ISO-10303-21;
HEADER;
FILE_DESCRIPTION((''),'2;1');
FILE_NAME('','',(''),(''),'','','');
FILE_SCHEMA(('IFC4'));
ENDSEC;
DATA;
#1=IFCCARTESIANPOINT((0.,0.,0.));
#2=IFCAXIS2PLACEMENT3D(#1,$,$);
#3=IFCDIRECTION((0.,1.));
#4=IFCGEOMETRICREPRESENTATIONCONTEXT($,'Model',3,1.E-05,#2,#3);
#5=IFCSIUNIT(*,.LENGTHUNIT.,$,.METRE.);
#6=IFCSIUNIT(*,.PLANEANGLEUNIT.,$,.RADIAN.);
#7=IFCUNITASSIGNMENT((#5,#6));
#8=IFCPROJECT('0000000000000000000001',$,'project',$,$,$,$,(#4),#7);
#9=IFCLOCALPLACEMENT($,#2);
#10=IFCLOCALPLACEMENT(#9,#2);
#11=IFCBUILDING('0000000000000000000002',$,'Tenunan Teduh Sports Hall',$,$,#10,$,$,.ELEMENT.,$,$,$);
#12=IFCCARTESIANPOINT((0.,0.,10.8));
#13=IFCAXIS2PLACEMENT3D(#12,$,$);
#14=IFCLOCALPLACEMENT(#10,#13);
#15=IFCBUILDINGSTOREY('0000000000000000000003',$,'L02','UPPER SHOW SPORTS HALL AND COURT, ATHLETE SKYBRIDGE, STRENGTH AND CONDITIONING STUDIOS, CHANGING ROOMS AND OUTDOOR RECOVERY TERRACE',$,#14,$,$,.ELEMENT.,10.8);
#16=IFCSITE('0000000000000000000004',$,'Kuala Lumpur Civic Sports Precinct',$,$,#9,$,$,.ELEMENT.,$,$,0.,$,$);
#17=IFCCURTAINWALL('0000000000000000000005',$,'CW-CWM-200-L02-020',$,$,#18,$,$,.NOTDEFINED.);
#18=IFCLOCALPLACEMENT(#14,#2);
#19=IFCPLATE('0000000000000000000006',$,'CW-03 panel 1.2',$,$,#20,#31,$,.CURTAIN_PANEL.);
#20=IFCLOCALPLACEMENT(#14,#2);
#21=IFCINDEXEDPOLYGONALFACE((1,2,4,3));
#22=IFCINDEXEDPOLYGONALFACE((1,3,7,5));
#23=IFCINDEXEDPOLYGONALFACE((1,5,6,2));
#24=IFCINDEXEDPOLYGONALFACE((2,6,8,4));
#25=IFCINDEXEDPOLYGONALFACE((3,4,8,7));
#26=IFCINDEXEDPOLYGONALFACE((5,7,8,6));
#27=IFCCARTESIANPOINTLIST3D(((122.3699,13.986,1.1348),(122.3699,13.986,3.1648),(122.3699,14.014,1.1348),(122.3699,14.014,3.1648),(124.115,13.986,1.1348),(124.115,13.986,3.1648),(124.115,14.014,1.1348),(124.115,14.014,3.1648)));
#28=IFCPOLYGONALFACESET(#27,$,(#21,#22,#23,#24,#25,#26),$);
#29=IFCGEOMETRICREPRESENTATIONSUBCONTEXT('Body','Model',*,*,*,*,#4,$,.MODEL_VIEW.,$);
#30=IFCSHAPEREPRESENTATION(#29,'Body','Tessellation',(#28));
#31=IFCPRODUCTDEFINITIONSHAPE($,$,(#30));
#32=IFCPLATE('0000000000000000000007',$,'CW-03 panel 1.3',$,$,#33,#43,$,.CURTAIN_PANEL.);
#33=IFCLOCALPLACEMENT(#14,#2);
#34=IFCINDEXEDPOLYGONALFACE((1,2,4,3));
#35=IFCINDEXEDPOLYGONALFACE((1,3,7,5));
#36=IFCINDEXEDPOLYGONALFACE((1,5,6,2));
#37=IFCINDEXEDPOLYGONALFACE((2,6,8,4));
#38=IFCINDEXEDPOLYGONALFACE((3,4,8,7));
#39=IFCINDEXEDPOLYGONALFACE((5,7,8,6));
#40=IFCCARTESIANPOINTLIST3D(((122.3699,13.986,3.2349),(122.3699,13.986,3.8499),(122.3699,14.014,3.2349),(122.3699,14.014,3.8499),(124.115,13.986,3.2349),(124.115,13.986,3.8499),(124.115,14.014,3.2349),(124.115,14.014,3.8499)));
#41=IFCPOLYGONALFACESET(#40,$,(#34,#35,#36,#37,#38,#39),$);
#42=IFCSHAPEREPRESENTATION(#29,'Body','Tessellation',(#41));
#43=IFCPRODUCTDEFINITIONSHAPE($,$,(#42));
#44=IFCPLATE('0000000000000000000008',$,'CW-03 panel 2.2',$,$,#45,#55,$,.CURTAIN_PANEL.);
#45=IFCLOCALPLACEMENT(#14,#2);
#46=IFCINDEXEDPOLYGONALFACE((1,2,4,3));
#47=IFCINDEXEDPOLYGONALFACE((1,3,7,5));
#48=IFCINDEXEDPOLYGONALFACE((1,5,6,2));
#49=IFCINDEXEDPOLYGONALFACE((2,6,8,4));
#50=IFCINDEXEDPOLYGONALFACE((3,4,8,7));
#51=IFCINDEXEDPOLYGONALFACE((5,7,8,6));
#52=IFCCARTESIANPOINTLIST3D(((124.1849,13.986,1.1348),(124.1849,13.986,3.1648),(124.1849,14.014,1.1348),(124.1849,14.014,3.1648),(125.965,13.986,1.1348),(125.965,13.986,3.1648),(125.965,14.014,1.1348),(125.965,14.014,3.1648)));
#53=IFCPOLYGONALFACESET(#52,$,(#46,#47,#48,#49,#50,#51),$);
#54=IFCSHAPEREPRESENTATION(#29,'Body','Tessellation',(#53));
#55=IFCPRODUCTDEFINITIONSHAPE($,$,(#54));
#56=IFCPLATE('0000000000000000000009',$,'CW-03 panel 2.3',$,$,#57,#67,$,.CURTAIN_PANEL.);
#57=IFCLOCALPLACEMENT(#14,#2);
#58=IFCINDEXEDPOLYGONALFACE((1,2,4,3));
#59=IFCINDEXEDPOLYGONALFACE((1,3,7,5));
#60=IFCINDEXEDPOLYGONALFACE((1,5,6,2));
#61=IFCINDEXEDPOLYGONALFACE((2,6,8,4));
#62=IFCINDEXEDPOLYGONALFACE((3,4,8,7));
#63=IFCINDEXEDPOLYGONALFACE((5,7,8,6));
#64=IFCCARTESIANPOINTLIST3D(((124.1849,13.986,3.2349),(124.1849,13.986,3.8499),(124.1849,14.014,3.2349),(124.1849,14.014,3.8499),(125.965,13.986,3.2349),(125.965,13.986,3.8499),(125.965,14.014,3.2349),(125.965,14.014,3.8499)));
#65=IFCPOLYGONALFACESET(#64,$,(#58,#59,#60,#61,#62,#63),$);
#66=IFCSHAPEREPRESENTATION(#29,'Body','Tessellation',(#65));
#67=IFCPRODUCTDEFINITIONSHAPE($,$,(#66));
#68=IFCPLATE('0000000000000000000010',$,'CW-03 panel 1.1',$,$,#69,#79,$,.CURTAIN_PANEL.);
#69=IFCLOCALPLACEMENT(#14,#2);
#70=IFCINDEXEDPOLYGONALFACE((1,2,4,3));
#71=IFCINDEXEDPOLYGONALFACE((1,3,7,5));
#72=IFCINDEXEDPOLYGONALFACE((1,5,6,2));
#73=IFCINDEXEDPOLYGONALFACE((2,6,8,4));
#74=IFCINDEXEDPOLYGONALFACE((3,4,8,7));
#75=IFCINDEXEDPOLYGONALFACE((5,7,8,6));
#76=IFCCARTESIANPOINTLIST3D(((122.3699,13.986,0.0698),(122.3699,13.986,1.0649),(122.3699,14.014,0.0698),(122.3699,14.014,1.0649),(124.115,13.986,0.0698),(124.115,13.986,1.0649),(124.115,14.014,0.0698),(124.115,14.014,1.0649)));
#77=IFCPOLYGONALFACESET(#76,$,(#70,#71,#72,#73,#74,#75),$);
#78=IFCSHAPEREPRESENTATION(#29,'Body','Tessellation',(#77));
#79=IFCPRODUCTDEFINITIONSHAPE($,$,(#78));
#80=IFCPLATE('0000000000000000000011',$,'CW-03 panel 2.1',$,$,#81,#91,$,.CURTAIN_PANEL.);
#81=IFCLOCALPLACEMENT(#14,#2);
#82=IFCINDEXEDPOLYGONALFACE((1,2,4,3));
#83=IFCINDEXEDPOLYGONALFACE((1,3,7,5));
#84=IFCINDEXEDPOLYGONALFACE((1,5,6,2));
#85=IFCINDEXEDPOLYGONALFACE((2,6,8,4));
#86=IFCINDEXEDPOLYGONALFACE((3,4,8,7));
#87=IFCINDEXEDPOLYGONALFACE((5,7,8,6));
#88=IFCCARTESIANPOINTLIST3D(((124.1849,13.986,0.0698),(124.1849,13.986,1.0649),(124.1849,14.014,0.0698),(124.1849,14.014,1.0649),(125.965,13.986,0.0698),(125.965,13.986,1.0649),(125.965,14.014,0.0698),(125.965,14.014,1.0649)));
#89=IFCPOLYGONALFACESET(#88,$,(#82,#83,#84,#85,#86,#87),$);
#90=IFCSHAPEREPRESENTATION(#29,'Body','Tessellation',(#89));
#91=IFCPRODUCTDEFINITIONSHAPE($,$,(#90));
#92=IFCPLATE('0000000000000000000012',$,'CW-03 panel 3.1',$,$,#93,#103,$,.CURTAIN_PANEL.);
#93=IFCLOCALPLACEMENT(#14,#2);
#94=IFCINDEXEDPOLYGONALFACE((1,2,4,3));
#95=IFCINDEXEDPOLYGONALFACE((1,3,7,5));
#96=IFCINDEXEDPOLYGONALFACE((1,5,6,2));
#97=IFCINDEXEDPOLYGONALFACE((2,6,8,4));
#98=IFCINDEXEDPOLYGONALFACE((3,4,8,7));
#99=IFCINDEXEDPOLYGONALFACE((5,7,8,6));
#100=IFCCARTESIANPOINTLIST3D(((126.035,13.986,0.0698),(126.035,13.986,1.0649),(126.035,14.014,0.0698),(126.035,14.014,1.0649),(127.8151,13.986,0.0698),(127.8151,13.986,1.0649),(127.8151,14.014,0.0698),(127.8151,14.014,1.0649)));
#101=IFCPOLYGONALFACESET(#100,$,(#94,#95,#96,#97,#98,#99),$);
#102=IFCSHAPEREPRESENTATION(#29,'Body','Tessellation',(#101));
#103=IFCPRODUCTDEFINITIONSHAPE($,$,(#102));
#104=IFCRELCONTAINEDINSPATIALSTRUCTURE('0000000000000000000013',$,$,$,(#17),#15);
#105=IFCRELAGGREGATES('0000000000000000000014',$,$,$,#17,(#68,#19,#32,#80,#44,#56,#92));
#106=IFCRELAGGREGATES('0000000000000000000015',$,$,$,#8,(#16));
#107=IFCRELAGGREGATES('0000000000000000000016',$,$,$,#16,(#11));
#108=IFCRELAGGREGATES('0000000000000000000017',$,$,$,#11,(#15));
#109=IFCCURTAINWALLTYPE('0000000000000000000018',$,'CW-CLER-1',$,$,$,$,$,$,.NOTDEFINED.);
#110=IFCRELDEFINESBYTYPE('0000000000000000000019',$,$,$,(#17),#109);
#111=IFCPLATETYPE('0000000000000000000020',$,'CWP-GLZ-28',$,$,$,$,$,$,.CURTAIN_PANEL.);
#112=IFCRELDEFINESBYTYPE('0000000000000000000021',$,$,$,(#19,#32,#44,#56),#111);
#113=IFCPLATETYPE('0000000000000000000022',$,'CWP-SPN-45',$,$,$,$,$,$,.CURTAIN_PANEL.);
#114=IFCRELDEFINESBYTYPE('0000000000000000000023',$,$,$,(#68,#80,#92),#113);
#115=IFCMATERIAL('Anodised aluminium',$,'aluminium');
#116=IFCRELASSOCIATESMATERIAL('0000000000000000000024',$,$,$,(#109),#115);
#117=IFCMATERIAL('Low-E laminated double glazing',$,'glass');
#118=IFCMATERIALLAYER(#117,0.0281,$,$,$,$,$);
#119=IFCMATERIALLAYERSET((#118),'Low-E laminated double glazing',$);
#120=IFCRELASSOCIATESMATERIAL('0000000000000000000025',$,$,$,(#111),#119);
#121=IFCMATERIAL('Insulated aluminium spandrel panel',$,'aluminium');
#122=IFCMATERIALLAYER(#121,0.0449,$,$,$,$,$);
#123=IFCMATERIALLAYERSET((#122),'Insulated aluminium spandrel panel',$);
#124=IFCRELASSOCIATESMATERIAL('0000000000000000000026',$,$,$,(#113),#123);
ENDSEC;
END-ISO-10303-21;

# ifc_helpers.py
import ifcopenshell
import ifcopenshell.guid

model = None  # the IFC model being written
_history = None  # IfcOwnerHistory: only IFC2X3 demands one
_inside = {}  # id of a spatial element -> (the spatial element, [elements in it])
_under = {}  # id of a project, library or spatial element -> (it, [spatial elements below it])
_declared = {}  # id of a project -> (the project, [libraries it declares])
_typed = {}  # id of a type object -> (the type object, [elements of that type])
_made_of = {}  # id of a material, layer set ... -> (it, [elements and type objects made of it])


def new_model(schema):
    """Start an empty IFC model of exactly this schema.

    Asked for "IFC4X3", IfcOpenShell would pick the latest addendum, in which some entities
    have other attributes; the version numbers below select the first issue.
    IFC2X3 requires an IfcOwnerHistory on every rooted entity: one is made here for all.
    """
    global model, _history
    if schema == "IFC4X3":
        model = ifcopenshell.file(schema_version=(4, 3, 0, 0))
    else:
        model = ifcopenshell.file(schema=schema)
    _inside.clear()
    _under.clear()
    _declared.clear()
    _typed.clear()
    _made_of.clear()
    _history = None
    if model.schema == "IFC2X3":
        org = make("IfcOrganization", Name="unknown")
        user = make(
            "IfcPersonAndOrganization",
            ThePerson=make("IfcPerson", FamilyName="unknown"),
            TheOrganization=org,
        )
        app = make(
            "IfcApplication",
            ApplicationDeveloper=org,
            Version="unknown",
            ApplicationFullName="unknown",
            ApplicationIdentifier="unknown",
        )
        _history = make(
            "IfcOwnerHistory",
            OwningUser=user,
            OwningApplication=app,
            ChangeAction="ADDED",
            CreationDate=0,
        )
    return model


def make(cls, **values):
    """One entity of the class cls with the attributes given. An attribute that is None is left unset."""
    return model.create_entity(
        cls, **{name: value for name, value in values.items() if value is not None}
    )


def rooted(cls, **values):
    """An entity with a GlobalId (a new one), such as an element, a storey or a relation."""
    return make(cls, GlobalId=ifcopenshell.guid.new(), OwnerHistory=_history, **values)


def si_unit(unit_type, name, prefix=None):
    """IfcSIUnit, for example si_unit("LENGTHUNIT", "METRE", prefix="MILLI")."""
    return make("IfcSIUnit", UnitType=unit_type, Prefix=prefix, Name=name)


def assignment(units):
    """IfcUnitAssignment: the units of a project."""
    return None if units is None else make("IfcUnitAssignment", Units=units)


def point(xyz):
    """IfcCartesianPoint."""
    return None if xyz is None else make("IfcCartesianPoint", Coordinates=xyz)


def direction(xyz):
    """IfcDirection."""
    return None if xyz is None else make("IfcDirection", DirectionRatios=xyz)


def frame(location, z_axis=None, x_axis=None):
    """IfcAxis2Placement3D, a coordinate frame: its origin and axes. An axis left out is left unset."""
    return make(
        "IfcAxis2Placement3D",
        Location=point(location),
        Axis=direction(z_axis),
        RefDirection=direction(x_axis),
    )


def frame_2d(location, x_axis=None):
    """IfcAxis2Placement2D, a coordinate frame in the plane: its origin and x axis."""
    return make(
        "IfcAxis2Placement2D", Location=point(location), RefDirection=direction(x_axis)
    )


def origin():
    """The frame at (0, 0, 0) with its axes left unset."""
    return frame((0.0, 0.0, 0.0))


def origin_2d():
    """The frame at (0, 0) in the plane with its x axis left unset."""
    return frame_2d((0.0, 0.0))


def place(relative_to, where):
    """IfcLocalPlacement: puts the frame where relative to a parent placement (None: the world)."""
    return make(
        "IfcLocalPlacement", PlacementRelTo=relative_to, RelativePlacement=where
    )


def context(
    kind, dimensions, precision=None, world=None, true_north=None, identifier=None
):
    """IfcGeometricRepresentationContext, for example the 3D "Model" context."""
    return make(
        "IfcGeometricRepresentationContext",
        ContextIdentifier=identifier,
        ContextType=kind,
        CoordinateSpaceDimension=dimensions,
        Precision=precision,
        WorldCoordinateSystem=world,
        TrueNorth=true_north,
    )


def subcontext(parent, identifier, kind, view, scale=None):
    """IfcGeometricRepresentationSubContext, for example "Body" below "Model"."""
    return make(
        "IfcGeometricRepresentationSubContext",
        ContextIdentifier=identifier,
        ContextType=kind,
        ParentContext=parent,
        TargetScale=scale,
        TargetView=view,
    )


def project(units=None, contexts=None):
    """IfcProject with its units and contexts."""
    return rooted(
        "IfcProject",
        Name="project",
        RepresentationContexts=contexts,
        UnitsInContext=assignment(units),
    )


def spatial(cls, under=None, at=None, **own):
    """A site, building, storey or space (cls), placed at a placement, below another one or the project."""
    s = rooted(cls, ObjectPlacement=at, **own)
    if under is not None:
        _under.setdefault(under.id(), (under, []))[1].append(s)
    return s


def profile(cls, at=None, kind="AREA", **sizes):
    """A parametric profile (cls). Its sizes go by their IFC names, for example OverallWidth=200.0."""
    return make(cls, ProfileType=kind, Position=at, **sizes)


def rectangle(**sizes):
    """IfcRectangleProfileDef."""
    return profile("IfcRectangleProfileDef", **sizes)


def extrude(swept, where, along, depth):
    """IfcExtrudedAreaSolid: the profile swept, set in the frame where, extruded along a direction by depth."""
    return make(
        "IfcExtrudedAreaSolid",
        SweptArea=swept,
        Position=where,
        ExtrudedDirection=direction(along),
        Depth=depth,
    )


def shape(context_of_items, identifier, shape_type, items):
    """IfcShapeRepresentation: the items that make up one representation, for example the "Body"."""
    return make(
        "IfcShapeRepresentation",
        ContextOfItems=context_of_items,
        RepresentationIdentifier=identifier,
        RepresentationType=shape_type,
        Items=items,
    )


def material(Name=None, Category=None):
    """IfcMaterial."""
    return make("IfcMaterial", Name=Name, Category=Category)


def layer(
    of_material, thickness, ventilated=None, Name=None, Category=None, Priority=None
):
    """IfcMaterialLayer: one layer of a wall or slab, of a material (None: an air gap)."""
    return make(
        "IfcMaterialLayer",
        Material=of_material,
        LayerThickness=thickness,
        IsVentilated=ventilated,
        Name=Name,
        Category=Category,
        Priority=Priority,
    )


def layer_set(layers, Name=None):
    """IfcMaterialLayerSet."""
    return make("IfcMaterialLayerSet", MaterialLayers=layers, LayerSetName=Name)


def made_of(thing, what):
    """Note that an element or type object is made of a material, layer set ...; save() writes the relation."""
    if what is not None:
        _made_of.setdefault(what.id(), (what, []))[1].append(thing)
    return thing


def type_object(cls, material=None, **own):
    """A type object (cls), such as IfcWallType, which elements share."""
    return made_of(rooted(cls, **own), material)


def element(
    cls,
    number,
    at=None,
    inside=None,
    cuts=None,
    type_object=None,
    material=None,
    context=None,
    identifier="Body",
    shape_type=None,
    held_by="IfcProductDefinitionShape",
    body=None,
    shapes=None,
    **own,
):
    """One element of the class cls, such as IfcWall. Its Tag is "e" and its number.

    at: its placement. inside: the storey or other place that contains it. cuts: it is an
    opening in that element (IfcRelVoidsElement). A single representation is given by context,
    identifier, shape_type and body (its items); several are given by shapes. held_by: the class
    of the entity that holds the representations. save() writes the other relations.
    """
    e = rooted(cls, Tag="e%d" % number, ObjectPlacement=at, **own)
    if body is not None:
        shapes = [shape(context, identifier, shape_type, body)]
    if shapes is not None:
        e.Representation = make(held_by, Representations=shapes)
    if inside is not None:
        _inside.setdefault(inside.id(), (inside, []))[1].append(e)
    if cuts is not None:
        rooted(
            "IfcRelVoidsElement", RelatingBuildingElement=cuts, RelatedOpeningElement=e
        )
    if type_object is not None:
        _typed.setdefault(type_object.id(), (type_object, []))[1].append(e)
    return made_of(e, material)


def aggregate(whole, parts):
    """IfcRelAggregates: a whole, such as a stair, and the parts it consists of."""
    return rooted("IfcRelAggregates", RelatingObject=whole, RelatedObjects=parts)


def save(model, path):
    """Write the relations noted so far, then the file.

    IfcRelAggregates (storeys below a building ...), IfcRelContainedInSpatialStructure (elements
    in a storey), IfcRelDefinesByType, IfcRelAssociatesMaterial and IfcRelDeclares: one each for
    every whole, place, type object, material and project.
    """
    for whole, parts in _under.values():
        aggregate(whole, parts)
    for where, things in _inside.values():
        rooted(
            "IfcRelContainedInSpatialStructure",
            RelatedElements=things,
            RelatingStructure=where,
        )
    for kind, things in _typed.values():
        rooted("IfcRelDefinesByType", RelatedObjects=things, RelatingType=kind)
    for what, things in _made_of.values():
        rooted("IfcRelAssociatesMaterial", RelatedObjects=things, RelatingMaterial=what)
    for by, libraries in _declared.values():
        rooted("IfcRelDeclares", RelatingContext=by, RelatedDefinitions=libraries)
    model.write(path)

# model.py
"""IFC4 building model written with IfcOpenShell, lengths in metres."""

from ifc_helpers import new_model, si_unit, direction, frame, origin, origin_2d, place, context, subcontext, project, spatial, rectangle, extrude, material, layer, layer_set, type_object, element, aggregate, save


model = new_model("IFC4")

# Units and contexts
model_context = context("Model", 3, precision=1e-05, world=origin(), true_north=direction((0.0, 1.0)))
body_context = subcontext(model_context, "Body", "Model", "MODEL_VIEW")
ifc_project = project(units=[si_unit("LENGTHUNIT", "METRE"), si_unit("PLANEANGLEUNIT", "RADIAN")], contexts=[model_context])

# Site, building, storey
site_placement = place(None, origin())
site = spatial("IfcSite", under=ifc_project, at=site_placement, Name="Kuala Lumpur Civic Sports Precinct", CompositionType="ELEMENT", RefElevation=0.0)
building_placement = place(site_placement, origin())
building = spatial("IfcBuilding", under=site, at=building_placement, Name="Tenunan Teduh Sports Hall", CompositionType="ELEMENT")
storey_placement = place(building_placement, frame((0.0, 0.0, 10.8)))
storey = spatial("IfcBuildingStorey", under=building, at=storey_placement, Name="L02", Description="UPPER SHOW SPORTS HALL AND COURT, ATHLETE SKYBRIDGE, STRENGTH AND CONDITIONING STUDIOS, CHANGING ROOMS AND OUTDOOR RECOVERY TERRACE", CompositionType="ELEMENT", Elevation=10.8)

# Curtain wall, plates
ifc_material_1 = material(Name="Anodised aluminium", Category="aluminium")
curtain_wall_type = type_object("IfcCurtainWallType", Name="CW-CLER-1", PredefinedType="NOTDEFINED", material=ifc_material_1)
curtain_wall_placement = place(storey_placement, origin())
curtain_wall = element("IfcCurtainWall", 1, at=curtain_wall_placement, inside=storey, type_object=curtain_wall_type, Name="CW-CWM-200-L02-020", PredefinedType="NOTDEFINED")
ifc_material_2 = material(Name="Low-E laminated double glazing", Category="glass")
ifc_layer_1 = layer(ifc_material_2, 0.0281)
ifc_layer_set_1 = layer_set([ifc_layer_1], Name="Low-E laminated double glazing")
plate_type_1 = type_object("IfcPlateType", Name="CWP-GLZ-28", PredefinedType="CURTAIN_PANEL", material=ifc_layer_set_1)
plate_1_placement = place(storey_placement, frame((123.2424, 14.0, 1.1348), z_axis=(0.0, 0.0, 1.0), x_axis=(1.0, 0.0, 0.0)))
plate_1 = element("IfcPlate", 2, at=plate_1_placement, type_object=plate_type_1, Name="CW-03 panel 1.2", PredefinedType="CURTAIN_PANEL", context=body_context, shape_type="SweptSolid", body=[
    extrude(rectangle(XDim=1.7451, YDim=0.0281, at=origin_2d()), origin(), (0.0, 0.0, 1.0), 2.03),
])
plate_2_placement = place(storey_placement, frame((123.2424, 14.0, 3.2349), z_axis=(0.0, 0.0, 1.0), x_axis=(1.0, 0.0, 0.0)))
plate_2 = element("IfcPlate", 3, at=plate_2_placement, type_object=plate_type_1, Name="CW-03 panel 1.3", PredefinedType="CURTAIN_PANEL", context=body_context, shape_type="SweptSolid", body=[
    extrude(rectangle(XDim=1.7451, YDim=0.0281, at=origin_2d()), origin(), (0.0, 0.0, 1.0), 0.615),
])
plate_3_placement = place(storey_placement, frame((125.075, 14.0, 1.1348), z_axis=(0.0, 0.0, 1.0), x_axis=(1.0, 0.0, 0.0)))
plate_3 = element("IfcPlate", 4, at=plate_3_placement, type_object=plate_type_1, Name="CW-03 panel 2.2", PredefinedType="CURTAIN_PANEL", context=body_context, shape_type="SweptSolid", body=[
    extrude(rectangle(XDim=1.78, YDim=0.0281, at=origin_2d()), origin(), (0.0, 0.0, 1.0), 2.03),
])
plate_4_placement = place(storey_placement, frame((125.075, 14.0, 3.2349), z_axis=(0.0, 0.0, 1.0), x_axis=(1.0, 0.0, 0.0)))
plate_4 = element("IfcPlate", 5, at=plate_4_placement, type_object=plate_type_1, Name="CW-03 panel 2.3", PredefinedType="CURTAIN_PANEL", context=body_context, shape_type="SweptSolid", body=[
    extrude(rectangle(XDim=1.78, YDim=0.0281, at=origin_2d()), origin(), (0.0, 0.0, 1.0), 0.615),
])
ifc_material_3 = material(Name="Insulated aluminium spandrel panel", Category="aluminium")
ifc_layer_2 = layer(ifc_material_3, 0.0449)
ifc_layer_set_2 = layer_set([ifc_layer_2], Name="Insulated aluminium spandrel panel")
plate_type_2 = type_object("IfcPlateType", Name="CWP-SPN-45", PredefinedType="CURTAIN_PANEL", material=ifc_layer_set_2)
plate_5_placement = place(storey_placement, frame((123.2424, 14.0, 0.0698), z_axis=(0.0, 0.0, 1.0), x_axis=(1.0, 0.0, 0.0)))
plate_5 = element("IfcPlate", 6, at=plate_5_placement, type_object=plate_type_2, Name="CW-03 panel 1.1", PredefinedType="CURTAIN_PANEL", context=body_context, shape_type="SweptSolid", body=[
    extrude(rectangle(XDim=1.7451, YDim=0.0281, at=origin_2d()), origin(), (0.0, 0.0, 1.0), 0.9951),
])
plate_6_placement = place(storey_placement, frame((125.075, 14.0, 0.0698), z_axis=(0.0, 0.0, 1.0), x_axis=(1.0, 0.0, 0.0)))
plate_6 = element("IfcPlate", 7, at=plate_6_placement, type_object=plate_type_2, Name="CW-03 panel 2.1", PredefinedType="CURTAIN_PANEL", context=body_context, shape_type="SweptSolid", body=[
    extrude(rectangle(XDim=1.78, YDim=0.0281, at=origin_2d()), origin(), (0.0, 0.0, 1.0), 0.9951),
])
plate_7_placement = place(storey_placement, frame((126.925, 14.0, 0.0698), z_axis=(0.0, 0.0, 1.0), x_axis=(1.0, 0.0, 0.0)))
plate_7 = element("IfcPlate", 8, at=plate_7_placement, type_object=plate_type_2, Name="CW-03 panel 3.1", PredefinedType="CURTAIN_PANEL", context=body_context, shape_type="SweptSolid", body=[
    extrude(rectangle(XDim=1.78, YDim=0.0281, at=origin_2d()), origin(), (0.0, 0.0, 1.0), 0.9951),
])
aggregate(curtain_wall, [plate_5, plate_1, plate_2, plate_6, plate_3, plate_4, plate_7])

save(model, "model.ifc")
